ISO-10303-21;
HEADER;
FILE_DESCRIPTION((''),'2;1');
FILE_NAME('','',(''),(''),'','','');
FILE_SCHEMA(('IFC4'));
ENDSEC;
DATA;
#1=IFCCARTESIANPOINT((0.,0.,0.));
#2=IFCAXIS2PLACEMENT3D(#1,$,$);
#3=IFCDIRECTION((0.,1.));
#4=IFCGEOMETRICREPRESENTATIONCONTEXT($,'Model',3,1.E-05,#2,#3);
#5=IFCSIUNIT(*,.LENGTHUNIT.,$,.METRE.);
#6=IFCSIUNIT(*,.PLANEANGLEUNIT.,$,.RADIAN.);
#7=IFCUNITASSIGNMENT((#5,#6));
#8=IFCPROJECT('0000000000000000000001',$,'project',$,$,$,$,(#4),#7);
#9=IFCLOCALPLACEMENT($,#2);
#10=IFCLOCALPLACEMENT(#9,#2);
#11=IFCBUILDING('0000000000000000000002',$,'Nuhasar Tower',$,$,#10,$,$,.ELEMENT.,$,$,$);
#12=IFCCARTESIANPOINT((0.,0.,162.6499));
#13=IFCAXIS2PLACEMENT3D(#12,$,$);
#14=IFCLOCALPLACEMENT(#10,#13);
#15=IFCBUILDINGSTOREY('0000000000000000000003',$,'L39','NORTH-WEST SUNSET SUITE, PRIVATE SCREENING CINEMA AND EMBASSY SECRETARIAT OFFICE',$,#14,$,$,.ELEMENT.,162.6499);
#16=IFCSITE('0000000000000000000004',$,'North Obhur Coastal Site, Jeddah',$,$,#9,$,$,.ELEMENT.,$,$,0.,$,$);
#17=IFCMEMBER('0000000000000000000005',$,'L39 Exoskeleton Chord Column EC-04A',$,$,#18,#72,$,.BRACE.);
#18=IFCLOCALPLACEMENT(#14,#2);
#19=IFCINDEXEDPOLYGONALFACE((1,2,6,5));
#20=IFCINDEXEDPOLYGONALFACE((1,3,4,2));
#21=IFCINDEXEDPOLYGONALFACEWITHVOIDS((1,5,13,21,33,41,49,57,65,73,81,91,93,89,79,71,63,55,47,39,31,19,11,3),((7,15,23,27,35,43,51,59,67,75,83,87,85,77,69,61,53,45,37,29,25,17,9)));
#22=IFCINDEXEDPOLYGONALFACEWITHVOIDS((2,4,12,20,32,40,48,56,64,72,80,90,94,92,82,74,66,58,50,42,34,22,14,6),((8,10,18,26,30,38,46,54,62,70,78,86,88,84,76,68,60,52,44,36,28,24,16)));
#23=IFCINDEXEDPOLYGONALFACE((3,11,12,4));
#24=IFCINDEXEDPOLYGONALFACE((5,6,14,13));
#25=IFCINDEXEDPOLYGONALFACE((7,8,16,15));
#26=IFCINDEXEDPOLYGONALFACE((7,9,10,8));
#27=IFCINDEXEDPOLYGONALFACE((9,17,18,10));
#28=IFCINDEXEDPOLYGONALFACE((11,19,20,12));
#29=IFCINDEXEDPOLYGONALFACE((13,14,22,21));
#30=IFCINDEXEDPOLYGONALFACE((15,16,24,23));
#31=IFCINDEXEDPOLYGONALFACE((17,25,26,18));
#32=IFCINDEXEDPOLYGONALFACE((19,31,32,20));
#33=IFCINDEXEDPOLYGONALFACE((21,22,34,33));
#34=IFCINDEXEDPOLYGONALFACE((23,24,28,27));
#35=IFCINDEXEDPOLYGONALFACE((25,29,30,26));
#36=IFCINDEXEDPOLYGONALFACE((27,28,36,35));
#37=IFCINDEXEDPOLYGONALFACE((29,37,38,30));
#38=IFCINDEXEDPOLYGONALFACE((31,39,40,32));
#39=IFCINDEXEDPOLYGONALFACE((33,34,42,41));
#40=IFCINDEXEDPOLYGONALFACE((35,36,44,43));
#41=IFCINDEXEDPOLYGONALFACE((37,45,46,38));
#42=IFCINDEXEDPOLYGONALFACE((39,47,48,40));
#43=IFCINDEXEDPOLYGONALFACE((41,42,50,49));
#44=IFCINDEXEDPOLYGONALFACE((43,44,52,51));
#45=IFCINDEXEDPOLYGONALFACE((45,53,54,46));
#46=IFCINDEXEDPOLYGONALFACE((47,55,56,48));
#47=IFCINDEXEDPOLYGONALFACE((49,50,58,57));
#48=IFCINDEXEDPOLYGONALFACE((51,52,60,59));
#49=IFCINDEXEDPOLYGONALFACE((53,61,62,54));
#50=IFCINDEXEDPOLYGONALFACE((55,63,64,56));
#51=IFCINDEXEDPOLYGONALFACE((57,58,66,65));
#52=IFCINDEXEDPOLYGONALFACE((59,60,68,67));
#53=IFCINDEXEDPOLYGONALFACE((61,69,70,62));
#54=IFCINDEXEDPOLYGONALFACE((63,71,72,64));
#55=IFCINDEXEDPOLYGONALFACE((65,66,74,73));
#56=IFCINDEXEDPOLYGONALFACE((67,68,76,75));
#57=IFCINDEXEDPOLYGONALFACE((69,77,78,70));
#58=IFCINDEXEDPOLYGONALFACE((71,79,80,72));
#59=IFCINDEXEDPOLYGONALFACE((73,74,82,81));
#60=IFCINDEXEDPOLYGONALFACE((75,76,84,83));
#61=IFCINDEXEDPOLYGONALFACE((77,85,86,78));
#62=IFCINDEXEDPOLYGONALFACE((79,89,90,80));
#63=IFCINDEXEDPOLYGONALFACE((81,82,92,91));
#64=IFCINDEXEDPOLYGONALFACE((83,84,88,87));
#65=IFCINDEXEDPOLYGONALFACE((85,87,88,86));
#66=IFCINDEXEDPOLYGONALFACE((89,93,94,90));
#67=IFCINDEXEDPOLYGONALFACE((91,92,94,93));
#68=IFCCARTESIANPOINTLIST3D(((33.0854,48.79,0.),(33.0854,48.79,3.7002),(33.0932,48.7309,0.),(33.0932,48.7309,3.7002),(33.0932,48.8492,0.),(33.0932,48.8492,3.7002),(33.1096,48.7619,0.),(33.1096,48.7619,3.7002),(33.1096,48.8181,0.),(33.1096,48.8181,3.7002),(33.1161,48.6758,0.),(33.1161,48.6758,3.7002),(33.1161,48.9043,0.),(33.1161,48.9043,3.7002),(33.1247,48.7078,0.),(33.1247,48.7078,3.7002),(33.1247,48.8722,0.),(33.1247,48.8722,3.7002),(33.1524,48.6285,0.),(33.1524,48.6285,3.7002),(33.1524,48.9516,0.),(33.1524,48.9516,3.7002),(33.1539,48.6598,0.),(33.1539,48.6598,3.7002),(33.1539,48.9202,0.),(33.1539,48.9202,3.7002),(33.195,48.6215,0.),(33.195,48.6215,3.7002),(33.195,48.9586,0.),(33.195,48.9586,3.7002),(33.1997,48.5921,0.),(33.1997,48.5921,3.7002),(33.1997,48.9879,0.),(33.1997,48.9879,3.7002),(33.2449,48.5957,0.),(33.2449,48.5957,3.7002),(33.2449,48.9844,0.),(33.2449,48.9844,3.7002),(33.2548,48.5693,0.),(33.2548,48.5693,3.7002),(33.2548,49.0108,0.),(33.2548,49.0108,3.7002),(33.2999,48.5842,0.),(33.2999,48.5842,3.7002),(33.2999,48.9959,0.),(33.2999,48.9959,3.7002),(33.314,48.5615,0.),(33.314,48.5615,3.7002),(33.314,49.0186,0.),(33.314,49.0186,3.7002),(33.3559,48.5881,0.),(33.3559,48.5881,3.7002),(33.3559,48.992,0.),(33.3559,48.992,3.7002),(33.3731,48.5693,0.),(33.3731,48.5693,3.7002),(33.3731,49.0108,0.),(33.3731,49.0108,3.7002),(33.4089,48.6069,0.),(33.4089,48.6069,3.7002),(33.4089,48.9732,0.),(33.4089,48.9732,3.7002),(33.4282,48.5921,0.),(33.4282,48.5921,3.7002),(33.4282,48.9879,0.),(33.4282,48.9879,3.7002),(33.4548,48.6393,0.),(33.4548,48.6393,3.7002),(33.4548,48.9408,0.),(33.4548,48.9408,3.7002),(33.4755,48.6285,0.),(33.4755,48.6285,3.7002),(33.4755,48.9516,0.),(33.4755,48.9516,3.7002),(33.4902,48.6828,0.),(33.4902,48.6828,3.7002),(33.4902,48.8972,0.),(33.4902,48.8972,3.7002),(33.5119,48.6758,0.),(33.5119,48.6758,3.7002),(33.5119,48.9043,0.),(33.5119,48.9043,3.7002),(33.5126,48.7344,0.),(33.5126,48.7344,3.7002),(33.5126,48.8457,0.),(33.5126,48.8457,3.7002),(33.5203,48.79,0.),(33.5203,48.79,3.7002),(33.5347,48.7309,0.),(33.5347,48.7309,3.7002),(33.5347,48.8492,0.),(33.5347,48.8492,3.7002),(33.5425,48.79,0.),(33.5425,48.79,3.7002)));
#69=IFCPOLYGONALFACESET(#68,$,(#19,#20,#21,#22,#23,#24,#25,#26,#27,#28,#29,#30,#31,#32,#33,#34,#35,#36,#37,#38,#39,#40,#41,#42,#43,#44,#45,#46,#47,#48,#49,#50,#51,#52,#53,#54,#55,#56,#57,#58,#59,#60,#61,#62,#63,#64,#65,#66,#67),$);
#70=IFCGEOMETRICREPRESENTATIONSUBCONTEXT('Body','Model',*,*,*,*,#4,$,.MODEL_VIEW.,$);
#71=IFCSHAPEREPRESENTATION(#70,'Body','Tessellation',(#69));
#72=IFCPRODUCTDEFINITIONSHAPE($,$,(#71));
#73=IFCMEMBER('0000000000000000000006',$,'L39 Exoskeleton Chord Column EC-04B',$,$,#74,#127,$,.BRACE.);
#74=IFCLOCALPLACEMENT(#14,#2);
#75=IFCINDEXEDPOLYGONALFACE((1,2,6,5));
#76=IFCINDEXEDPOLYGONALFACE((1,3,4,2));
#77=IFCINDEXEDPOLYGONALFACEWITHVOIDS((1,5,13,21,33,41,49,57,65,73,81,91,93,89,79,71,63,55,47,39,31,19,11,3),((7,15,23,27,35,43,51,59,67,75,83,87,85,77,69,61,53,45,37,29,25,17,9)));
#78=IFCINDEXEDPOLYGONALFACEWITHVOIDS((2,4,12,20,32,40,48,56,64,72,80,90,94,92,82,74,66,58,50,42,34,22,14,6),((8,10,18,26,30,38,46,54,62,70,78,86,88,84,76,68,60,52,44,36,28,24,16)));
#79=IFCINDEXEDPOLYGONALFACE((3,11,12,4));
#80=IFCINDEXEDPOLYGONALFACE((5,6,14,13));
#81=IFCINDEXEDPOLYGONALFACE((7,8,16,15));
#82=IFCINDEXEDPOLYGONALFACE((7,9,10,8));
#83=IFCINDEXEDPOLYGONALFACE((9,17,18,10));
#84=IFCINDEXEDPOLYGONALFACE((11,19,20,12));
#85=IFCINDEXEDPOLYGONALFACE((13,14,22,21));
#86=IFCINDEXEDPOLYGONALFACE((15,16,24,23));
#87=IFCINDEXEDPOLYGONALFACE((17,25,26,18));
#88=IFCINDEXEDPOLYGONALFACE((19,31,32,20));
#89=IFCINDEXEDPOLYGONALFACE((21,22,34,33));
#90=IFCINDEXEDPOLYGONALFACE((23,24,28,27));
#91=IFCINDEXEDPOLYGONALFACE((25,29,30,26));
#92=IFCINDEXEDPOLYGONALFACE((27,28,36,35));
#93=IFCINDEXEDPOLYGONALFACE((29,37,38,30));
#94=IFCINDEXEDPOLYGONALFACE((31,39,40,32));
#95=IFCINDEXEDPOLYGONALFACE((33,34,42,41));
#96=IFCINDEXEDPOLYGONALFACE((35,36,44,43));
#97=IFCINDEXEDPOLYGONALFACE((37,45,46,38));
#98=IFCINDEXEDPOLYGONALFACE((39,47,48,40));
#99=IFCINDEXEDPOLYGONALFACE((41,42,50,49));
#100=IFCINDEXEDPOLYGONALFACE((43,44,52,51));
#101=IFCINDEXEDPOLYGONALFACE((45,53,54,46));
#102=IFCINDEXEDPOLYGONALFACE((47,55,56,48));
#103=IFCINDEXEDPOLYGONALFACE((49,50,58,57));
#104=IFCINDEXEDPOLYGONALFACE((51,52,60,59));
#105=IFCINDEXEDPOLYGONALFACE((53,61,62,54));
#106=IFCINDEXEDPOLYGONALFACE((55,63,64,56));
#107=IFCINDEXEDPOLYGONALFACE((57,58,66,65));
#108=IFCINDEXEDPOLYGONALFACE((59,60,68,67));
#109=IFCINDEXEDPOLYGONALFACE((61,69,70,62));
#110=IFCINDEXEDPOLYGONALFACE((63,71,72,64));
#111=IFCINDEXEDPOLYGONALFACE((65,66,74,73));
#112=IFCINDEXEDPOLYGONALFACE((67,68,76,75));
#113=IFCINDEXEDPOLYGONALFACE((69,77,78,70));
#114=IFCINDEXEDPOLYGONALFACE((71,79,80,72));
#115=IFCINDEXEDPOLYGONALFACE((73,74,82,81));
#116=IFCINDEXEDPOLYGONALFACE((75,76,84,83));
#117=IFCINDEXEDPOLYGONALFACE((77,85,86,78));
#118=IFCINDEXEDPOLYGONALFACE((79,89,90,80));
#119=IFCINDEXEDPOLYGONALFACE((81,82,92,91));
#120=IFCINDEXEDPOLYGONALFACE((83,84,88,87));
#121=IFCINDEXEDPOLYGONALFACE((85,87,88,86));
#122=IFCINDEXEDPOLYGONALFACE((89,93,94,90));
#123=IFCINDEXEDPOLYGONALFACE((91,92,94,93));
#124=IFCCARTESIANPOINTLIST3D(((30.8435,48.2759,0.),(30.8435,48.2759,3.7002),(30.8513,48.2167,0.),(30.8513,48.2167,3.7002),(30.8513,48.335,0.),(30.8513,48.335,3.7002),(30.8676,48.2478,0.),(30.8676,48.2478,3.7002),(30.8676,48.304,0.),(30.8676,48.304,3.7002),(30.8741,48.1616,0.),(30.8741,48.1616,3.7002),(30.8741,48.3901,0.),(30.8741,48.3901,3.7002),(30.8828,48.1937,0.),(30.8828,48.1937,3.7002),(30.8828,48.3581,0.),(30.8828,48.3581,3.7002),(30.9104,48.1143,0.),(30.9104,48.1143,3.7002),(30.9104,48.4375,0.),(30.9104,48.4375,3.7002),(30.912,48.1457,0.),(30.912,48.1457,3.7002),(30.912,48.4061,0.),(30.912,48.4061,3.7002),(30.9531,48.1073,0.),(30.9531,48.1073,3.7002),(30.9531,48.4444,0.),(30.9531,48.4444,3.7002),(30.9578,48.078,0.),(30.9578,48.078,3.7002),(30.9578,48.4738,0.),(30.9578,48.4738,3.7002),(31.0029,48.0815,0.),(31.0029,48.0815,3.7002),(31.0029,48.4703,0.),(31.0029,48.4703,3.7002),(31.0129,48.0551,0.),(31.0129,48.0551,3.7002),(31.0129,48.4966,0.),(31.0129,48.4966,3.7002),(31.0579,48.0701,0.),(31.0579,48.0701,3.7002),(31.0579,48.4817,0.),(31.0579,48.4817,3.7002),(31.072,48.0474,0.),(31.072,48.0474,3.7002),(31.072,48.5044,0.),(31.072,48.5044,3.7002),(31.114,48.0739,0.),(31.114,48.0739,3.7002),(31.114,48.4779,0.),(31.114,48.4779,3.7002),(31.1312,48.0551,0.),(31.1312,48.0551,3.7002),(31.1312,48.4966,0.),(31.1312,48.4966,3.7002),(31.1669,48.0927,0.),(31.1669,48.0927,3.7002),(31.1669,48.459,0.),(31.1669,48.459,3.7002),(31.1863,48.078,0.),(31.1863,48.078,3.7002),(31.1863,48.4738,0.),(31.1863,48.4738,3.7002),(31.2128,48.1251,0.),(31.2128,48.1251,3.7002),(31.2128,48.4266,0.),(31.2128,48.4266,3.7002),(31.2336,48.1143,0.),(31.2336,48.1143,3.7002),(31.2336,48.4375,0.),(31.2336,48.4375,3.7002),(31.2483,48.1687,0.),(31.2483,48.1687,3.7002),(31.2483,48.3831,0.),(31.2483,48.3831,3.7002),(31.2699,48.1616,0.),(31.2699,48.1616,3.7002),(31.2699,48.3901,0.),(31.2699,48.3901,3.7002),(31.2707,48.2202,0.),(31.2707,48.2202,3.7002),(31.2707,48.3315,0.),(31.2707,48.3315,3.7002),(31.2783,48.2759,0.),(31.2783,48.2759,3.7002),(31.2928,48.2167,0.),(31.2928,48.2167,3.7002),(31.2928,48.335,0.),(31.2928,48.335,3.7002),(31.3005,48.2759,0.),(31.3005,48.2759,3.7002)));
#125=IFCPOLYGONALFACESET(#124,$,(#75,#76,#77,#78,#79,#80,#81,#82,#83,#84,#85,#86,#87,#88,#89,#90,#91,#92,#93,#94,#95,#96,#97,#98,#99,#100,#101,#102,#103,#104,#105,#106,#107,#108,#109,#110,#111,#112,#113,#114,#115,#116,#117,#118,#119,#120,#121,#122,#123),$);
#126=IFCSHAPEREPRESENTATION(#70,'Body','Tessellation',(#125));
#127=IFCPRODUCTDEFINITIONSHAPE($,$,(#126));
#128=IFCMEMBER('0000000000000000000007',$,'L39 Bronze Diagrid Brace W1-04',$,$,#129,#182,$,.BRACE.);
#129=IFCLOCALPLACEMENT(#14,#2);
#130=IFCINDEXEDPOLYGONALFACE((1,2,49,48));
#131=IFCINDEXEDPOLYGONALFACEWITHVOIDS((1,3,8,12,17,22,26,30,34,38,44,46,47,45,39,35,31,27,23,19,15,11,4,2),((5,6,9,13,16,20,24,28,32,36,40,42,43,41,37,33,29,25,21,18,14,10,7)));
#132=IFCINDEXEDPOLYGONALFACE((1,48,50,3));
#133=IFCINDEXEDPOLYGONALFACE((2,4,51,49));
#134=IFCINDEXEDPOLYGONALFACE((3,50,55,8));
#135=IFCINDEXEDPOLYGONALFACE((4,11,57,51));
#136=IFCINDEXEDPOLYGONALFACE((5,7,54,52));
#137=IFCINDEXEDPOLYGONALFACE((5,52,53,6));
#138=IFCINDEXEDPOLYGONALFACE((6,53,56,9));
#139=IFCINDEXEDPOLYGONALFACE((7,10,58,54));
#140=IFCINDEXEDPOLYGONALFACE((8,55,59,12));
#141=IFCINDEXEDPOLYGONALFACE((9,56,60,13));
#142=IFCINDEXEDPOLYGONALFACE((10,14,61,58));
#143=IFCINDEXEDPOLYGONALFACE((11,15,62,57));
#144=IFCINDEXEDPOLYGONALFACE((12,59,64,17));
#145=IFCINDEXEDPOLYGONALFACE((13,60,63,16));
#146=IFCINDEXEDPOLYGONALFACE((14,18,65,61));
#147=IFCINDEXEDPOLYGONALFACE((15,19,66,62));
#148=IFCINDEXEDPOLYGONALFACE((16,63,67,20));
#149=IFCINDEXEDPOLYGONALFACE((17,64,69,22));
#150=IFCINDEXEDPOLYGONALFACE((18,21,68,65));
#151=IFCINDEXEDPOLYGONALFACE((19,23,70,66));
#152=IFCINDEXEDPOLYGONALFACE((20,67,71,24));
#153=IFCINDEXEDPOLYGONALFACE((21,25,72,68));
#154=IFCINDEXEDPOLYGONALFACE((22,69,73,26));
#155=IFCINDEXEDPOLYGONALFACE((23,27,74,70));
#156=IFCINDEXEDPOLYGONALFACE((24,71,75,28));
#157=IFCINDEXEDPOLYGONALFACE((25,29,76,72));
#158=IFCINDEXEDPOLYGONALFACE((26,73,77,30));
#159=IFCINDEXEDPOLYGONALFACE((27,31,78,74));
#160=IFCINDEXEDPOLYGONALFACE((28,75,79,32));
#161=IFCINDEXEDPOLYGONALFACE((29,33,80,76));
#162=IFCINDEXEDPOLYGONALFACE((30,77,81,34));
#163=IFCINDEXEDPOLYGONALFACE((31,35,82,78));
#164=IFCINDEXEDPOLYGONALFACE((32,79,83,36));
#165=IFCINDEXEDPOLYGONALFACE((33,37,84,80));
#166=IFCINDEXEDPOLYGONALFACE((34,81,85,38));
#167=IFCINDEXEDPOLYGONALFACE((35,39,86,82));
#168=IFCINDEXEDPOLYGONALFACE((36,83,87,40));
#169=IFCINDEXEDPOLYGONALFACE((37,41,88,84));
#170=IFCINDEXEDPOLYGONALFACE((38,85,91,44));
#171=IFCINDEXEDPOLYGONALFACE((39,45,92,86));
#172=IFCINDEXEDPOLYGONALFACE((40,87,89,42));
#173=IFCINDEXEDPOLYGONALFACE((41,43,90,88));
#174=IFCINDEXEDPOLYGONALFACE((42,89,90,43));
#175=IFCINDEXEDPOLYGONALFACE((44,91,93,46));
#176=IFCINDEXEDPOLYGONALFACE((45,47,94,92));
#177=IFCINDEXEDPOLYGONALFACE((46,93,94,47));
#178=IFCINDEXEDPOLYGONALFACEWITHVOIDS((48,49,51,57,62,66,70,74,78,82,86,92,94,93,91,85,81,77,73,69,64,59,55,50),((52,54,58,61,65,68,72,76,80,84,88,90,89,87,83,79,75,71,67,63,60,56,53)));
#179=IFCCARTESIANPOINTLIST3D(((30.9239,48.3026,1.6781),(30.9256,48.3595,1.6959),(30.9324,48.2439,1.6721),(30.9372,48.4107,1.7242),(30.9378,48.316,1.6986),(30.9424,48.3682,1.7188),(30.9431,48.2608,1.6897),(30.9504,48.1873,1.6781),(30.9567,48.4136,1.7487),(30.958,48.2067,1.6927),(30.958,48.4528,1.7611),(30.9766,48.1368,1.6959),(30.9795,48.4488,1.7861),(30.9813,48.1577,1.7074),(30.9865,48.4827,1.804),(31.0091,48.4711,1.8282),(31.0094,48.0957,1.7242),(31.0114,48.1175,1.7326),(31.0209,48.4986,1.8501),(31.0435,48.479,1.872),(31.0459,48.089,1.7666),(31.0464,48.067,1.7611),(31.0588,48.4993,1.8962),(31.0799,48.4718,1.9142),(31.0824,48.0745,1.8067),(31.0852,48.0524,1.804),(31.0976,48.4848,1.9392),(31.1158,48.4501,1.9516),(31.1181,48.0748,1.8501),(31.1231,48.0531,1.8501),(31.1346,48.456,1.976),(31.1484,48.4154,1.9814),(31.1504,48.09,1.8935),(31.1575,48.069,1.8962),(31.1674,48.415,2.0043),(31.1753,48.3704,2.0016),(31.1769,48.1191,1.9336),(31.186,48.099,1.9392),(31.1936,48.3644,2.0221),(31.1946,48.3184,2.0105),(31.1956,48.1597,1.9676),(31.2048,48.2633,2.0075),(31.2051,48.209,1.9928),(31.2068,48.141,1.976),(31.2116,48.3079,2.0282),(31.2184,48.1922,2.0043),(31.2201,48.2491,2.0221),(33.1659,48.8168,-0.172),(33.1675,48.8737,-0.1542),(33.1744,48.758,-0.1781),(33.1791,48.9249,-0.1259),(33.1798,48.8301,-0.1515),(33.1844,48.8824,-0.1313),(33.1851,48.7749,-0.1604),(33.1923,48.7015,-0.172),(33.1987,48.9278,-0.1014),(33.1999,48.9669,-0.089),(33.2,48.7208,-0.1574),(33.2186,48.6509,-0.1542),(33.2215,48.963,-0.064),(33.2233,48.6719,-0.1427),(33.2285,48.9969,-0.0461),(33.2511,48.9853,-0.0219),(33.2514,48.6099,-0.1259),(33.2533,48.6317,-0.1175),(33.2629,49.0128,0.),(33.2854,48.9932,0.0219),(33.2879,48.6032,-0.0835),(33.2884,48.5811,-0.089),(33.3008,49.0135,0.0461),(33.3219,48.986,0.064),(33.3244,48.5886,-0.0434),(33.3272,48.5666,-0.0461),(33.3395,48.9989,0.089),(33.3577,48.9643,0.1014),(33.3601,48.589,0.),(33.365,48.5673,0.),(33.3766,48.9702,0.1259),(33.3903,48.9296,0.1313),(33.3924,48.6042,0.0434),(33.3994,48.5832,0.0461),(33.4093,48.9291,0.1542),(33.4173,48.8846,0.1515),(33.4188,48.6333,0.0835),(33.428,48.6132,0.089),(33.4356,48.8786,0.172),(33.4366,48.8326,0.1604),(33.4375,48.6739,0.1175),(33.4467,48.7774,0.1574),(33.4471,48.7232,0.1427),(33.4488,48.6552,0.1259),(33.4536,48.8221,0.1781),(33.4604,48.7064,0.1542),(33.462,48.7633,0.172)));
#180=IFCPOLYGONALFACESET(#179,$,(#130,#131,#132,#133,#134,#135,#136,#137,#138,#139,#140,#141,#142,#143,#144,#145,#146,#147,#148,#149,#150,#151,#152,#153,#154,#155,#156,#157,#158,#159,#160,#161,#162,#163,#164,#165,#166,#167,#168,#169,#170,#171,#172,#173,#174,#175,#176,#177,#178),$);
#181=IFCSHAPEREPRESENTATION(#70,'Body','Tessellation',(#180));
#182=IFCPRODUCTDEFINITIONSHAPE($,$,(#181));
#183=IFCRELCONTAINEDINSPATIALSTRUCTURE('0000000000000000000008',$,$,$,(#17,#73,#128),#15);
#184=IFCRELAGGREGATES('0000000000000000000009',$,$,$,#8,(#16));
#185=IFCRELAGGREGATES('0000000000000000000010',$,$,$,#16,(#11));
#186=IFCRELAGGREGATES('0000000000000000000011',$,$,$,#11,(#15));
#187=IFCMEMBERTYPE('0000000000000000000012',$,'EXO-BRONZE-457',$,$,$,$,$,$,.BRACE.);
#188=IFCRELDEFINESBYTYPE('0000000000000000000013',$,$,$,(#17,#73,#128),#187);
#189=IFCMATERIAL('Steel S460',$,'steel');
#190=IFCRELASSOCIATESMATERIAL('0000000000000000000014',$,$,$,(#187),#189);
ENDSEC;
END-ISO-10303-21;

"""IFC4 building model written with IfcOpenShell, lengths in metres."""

from ifc_helpers import new_model, si_unit, direction, frame, origin, origin_2d, place, context, subcontext, project, spatial, hollow_circle, extrude, material, material_profile, profile_set, type_object, element, save


model = new_model("IFC4")

# Units and contexts
model_context = context("Model", 3, precision=1e-05, world=origin(), true_north=direction((0.0, 1.0)))
body_context = subcontext(model_context, "Body", "Model", "MODEL_VIEW")
ifc_project = project(units=[si_unit("LENGTHUNIT", "METRE"), si_unit("PLANEANGLEUNIT", "RADIAN")], contexts=[model_context])

# Site, building, storey
site_placement = place(None, origin())
site = spatial("IfcSite", under=ifc_project, at=site_placement, Name="North Obhur Coastal Site, Jeddah", CompositionType="ELEMENT", RefElevation=0.0)
building_placement = place(site_placement, origin())
building = spatial("IfcBuilding", under=site, at=building_placement, Name="Nuhasar Tower", CompositionType="ELEMENT")
storey_placement = place(building_placement, frame((0.0, 0.0, 162.6499)))
storey = spatial("IfcBuildingStorey", under=building, at=storey_placement, Name="L39", Description="NORTH-WEST SUNSET SUITE, PRIVATE SCREENING CINEMA AND EMBASSY SECRETARIAT OFFICE", CompositionType="ELEMENT", Elevation=162.6499)

# Members
ifc_material_1 = material(Name="Steel S460", Category="steel")
ifc_material_profile_1 = material_profile(ifc_material_1, hollow_circle(Radius=0.2285, WallThickness=0.0222, at=origin_2d()), Name="HSS457X22.2")
ifc_profile_set_1 = profile_set([ifc_material_profile_1], Name="Steel S460")
member_type_1 = type_object("IfcMemberType", Name="EXO-BRONZE-457", PredefinedType="BRACE", material=ifc_profile_set_1)
for number, where, z_axis, x_axis, name in (
    (1, (33.314, 48.79, 0.0), (0.0, 0.0, 1.0), (1.0, 0.0, 0.0), "L39 Exoskeleton Chord Column EC-04A"),
    (2, (31.072, 48.2759, 0.0), (0.0, 0.0, 1.0), (1.0, 0.0, 0.0), "L39 Exoskeleton Chord Column EC-04B"),
):
    element("IfcMember", number, at=place(storey_placement, frame(where, z_axis=z_axis, x_axis=x_axis)), inside=storey, type_object=member_type_1, Name=name, PredefinedType="BRACE", context=body_context, shape_type="SweptSolid", body=[
        extrude(hollow_circle(Radius=0.2285, WallThickness=0.0222, at=origin_2d()), origin(), (0.0, 0.0, 1.0), 3.7002),
    ])
for number, where, z_axis, x_axis, name in (
    (3, (33.314, 48.79, 0.0), (-0.7595, -0.174181, 0.626755), (0.223534, -0.974696, 0.0), "L39 Bronze Diagrid Brace W1-04"),
):
    element("IfcMember", number, at=place(storey_placement, frame(where, z_axis=z_axis, x_axis=x_axis)), inside=storey, type_object=member_type_1, Name=name, PredefinedType="BRACE", context=body_context, shape_type="SweptSolid", body=[
        extrude(hollow_circle(Radius=0.2285, WallThickness=0.0222, at=origin_2d()), origin(), (0.0, 0.0, 1.0), 2.9519),
    ])

save(model, "model.ifc")
